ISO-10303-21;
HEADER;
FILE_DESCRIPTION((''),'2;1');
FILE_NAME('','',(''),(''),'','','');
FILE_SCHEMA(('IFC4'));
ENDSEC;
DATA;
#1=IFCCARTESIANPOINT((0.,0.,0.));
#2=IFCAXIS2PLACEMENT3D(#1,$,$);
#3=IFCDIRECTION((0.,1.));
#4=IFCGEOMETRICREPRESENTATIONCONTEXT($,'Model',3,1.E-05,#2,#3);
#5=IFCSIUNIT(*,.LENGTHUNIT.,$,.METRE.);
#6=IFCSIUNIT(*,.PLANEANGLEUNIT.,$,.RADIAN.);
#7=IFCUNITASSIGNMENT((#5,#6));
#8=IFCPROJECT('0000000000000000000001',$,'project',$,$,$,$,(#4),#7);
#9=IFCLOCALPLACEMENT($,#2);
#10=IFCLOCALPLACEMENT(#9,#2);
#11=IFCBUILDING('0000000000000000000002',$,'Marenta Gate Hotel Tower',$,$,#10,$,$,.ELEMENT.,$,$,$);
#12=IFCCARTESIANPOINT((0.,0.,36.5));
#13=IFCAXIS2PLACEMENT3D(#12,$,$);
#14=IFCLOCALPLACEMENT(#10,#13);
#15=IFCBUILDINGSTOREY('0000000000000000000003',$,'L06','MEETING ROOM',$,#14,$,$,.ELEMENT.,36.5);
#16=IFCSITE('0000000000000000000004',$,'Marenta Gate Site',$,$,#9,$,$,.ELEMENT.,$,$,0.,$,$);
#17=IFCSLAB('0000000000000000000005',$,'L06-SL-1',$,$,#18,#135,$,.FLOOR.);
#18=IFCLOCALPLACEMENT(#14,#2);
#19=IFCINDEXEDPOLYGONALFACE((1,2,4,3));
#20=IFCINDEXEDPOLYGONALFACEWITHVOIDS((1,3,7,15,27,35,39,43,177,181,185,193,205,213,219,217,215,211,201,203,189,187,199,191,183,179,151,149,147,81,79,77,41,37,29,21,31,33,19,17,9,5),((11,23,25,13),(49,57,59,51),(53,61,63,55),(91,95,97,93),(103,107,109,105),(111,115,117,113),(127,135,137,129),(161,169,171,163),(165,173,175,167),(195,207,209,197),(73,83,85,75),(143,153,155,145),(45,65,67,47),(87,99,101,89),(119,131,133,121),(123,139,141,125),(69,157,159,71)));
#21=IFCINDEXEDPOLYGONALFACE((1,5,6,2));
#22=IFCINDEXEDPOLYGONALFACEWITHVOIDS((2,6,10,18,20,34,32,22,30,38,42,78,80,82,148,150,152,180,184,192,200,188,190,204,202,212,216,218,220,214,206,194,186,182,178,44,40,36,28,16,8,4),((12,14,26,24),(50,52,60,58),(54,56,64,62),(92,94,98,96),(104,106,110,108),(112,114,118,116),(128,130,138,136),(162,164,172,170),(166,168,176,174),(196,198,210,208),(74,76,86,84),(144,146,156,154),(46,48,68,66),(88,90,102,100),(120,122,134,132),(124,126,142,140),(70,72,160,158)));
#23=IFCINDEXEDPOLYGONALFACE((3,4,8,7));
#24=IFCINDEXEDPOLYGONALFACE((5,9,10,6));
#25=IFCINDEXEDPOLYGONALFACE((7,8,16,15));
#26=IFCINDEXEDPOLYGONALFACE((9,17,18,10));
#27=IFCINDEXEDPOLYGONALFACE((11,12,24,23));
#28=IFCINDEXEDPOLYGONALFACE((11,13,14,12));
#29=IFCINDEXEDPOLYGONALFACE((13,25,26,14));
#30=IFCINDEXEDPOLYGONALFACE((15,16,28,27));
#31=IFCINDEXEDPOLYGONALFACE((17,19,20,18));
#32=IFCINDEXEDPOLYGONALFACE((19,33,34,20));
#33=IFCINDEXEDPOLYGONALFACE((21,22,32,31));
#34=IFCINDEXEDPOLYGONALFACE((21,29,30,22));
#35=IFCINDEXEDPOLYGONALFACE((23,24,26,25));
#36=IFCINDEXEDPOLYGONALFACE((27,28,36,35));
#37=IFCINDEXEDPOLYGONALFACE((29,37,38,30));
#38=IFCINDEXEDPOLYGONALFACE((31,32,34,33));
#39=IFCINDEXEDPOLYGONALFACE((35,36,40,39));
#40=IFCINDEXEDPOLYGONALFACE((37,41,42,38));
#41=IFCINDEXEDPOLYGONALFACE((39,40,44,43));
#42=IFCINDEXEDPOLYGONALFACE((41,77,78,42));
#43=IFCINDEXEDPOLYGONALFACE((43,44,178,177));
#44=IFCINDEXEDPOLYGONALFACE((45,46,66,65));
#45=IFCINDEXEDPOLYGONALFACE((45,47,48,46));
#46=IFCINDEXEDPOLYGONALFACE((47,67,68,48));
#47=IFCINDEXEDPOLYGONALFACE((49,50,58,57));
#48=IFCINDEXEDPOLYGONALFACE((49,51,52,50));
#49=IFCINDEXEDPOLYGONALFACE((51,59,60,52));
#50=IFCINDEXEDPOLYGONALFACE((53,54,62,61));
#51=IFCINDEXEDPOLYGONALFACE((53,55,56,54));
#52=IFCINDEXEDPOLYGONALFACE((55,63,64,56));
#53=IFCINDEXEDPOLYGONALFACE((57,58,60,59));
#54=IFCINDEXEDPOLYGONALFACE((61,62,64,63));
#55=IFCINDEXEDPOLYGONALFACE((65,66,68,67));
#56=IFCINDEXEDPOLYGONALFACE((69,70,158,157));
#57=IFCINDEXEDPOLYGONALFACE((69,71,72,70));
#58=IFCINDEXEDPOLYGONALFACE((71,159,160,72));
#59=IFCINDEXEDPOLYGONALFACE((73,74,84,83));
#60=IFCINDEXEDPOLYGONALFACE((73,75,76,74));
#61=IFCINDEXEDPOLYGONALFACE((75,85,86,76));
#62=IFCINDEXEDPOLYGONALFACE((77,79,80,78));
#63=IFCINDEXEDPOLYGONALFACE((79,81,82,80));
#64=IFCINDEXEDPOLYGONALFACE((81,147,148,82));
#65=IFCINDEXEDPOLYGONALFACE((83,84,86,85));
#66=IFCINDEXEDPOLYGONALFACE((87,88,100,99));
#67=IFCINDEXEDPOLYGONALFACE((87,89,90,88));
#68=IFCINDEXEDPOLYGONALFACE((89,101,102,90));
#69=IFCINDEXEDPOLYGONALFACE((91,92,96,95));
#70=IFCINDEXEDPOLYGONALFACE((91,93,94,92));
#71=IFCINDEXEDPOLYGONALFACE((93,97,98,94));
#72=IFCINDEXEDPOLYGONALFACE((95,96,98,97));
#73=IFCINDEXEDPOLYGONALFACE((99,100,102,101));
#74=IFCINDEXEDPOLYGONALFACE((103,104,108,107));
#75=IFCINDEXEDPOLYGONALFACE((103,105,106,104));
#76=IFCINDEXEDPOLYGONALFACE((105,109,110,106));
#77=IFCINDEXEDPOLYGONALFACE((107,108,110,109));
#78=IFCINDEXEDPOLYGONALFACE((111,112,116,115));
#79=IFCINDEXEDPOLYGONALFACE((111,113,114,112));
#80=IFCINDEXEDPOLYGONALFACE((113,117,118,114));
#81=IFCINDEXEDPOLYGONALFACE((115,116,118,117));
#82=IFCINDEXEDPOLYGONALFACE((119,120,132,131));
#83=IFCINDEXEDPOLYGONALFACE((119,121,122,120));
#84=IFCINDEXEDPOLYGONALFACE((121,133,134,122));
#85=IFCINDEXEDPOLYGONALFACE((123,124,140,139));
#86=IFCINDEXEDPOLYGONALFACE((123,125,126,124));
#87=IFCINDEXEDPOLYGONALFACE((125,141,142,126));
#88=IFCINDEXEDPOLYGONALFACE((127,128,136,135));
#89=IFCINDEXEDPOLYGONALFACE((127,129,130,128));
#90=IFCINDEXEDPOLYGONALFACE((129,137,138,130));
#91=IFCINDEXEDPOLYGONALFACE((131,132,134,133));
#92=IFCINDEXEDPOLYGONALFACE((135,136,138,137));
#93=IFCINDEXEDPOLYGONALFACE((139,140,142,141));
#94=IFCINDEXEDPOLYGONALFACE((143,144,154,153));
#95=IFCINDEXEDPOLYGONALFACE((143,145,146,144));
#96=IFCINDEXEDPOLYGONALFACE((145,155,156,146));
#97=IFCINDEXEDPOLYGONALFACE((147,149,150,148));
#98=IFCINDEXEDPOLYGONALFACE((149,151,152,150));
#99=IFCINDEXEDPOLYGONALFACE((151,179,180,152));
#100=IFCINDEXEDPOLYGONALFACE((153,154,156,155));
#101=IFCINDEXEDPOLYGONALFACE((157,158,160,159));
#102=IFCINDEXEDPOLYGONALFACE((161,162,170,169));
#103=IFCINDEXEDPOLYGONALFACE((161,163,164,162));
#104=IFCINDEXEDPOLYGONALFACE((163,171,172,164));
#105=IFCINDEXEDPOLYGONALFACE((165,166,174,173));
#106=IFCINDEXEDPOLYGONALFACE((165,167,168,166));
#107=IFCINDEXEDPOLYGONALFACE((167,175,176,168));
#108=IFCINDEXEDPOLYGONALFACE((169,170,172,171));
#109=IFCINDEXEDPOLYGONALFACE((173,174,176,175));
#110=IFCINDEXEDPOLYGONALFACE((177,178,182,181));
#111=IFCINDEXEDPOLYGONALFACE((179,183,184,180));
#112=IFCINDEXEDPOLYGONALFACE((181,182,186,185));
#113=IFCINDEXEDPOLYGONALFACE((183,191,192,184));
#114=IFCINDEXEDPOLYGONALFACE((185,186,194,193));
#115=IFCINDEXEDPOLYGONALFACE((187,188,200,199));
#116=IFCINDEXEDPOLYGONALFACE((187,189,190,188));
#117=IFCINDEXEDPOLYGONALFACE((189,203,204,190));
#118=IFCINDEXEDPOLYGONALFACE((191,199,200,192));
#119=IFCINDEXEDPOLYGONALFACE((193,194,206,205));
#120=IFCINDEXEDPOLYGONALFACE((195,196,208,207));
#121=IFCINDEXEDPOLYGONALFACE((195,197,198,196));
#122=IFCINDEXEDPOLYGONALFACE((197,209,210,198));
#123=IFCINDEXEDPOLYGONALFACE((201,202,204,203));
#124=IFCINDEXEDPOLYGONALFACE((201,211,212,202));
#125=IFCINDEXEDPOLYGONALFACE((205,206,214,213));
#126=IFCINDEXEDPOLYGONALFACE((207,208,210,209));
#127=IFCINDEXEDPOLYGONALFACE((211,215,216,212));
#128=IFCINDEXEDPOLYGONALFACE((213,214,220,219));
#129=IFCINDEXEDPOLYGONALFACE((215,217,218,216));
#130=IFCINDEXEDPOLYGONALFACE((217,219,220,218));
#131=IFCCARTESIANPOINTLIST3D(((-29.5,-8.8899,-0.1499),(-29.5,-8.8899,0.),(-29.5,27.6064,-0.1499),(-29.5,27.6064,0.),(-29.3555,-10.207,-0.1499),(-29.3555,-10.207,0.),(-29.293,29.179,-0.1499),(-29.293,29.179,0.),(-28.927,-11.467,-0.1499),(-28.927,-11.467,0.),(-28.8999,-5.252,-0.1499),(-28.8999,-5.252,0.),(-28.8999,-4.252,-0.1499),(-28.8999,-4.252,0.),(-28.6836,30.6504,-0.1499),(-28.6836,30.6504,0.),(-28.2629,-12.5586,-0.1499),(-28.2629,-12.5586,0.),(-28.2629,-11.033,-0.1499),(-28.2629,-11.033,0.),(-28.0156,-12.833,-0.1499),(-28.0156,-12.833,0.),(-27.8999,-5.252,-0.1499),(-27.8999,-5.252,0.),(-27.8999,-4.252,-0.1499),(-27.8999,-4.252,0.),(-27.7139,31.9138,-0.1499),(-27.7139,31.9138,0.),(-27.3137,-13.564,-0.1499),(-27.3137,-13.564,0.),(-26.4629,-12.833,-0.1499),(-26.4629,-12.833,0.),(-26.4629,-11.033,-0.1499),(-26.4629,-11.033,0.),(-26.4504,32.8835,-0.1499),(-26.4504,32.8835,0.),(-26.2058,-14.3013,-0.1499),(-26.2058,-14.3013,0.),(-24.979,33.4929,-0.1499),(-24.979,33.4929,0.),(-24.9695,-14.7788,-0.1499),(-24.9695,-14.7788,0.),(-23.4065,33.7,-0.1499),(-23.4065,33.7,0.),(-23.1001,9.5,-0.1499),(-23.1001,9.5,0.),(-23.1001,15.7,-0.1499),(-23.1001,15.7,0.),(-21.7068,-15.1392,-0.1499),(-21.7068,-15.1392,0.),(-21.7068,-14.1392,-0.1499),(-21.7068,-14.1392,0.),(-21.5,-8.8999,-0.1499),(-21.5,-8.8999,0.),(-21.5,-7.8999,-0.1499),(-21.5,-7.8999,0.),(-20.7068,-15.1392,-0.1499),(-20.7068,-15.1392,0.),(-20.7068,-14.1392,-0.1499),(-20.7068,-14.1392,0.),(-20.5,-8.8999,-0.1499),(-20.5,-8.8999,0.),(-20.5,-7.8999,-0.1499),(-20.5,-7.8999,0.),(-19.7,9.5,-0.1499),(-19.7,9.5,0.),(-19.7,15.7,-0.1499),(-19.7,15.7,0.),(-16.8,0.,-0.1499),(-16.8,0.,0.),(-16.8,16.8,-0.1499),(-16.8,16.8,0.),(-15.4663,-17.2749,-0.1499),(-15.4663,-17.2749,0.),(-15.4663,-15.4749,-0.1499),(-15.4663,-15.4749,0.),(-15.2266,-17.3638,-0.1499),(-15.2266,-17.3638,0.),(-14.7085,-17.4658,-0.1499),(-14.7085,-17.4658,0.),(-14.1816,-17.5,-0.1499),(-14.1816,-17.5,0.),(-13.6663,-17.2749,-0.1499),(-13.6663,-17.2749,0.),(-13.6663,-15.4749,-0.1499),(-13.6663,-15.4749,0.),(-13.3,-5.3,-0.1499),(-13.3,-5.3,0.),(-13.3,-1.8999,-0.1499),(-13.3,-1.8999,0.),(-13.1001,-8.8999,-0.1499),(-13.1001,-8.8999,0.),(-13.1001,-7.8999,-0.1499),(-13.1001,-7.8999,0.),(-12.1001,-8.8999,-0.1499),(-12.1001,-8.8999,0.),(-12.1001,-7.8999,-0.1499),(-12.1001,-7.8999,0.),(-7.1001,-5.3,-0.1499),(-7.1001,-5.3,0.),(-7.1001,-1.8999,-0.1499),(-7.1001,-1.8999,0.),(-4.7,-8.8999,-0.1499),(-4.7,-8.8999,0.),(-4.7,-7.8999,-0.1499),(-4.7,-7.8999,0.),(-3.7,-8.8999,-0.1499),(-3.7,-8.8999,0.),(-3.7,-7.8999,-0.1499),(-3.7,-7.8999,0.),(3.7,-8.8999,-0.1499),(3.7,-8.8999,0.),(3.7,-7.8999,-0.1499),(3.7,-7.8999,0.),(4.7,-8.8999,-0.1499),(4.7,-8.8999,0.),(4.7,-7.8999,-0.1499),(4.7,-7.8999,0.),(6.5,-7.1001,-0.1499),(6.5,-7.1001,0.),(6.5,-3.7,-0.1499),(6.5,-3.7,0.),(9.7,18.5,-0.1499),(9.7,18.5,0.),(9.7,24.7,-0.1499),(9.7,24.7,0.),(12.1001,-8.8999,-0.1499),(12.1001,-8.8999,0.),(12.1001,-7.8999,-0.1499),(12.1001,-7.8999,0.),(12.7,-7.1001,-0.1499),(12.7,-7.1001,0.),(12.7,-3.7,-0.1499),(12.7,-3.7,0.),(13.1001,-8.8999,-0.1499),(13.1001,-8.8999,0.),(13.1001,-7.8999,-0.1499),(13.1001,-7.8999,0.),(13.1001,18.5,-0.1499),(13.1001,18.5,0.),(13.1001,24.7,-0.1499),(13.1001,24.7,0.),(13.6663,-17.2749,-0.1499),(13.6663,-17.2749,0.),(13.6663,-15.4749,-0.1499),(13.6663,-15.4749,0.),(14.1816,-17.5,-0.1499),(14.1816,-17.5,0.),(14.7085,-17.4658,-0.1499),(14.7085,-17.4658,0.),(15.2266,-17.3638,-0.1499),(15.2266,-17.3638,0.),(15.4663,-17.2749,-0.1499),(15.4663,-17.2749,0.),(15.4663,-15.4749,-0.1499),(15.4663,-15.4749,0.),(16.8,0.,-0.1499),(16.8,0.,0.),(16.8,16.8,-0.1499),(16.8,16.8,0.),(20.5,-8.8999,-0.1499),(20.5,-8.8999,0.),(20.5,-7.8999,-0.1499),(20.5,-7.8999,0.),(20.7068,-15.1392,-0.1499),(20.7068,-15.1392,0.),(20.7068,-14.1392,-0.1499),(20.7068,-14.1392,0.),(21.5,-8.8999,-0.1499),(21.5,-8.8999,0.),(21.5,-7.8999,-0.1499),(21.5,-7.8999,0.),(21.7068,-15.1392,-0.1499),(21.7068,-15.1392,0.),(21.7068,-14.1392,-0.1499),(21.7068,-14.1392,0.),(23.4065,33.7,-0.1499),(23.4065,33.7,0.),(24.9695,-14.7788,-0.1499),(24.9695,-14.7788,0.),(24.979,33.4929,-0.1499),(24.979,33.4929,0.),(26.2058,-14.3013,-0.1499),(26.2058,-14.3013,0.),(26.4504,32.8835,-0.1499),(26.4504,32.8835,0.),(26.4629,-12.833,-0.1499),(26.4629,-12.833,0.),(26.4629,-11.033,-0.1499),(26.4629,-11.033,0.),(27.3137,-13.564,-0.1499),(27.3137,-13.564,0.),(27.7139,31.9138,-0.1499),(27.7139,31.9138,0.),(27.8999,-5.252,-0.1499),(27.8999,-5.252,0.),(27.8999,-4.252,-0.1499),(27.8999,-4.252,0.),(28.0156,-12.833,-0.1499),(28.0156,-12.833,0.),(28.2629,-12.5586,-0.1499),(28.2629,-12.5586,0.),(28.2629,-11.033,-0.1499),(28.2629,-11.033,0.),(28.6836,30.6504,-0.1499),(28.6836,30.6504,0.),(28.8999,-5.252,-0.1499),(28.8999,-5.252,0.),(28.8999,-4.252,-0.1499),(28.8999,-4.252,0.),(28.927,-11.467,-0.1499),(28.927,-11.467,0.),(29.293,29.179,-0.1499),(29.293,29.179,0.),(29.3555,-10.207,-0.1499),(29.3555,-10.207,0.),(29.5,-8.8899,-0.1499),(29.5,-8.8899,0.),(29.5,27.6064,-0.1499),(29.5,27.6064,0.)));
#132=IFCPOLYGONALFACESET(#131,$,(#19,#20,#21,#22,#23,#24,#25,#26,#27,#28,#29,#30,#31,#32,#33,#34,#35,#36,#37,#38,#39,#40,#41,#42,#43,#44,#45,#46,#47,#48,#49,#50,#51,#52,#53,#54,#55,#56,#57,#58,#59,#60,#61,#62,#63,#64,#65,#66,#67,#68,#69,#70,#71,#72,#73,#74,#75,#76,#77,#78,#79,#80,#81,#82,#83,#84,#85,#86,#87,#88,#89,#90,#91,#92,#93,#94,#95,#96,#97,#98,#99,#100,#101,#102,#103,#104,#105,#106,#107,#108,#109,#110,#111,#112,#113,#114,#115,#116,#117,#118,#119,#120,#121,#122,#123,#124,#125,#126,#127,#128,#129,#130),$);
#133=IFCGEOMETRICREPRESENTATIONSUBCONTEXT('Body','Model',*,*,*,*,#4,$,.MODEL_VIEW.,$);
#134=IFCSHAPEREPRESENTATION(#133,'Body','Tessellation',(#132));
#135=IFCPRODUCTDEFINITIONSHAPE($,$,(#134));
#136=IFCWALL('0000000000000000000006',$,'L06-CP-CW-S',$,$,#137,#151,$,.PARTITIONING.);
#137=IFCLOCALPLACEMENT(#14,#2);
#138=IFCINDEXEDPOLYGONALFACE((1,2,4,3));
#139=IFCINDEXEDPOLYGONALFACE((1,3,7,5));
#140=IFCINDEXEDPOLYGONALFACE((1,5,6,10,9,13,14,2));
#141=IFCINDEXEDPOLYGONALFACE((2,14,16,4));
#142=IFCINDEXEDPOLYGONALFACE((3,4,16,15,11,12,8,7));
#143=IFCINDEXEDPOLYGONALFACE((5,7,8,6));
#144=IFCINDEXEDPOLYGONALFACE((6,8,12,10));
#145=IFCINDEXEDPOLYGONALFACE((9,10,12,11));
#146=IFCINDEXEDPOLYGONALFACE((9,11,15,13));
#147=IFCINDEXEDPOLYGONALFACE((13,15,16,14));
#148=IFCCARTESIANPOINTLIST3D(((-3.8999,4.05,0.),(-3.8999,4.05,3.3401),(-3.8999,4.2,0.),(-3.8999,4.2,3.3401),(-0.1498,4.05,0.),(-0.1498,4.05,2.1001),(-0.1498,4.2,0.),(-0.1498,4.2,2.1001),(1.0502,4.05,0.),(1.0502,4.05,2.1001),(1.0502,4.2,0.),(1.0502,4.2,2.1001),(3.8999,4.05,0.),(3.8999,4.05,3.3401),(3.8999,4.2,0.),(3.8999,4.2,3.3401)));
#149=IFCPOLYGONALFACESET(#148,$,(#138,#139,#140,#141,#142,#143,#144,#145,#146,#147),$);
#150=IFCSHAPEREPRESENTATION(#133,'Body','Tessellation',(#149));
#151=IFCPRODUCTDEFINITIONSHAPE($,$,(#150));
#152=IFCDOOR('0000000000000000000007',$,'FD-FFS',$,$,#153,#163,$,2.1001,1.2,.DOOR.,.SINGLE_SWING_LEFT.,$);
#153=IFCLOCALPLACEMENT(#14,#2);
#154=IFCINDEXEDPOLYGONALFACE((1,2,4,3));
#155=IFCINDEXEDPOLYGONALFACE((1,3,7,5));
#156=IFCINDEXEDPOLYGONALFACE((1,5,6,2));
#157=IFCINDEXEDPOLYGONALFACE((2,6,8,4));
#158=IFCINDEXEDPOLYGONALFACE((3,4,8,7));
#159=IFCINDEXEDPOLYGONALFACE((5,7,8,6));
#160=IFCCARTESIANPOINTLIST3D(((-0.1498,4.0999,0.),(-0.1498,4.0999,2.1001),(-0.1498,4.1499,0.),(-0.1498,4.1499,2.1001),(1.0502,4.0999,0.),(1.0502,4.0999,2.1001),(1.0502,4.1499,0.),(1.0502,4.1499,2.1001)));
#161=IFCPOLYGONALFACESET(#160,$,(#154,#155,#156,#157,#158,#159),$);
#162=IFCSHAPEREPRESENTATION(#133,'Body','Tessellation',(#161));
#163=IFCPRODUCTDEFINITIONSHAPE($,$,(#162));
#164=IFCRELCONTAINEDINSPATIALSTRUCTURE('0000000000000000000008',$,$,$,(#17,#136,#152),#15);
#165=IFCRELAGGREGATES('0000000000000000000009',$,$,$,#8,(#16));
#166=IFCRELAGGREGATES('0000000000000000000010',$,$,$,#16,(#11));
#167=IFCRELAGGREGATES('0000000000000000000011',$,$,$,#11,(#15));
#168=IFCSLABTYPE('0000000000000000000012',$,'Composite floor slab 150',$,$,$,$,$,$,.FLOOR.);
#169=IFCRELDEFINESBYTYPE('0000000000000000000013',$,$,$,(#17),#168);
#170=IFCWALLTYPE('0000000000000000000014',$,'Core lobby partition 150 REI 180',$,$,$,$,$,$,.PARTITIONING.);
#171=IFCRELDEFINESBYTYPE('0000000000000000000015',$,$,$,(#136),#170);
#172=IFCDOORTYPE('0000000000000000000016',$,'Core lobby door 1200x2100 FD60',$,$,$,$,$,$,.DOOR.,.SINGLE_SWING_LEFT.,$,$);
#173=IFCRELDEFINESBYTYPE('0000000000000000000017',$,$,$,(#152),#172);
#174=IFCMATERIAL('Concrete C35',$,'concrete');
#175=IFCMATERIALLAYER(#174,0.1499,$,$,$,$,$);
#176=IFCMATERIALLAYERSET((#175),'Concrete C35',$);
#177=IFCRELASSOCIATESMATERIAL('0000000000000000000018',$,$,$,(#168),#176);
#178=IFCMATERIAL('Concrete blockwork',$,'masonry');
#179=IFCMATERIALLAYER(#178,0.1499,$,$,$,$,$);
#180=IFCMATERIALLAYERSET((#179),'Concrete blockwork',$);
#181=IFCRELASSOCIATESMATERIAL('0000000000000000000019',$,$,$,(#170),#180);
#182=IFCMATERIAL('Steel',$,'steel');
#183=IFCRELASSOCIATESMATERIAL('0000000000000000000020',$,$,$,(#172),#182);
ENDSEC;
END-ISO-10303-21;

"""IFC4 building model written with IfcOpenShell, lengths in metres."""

from ifc_helpers import new_model, si_unit, direction, frame, frame_2d, origin, place, context, subcontext, project, spatial, polyline, rectangle, outline, extrude, material, layer, layer_set, type_object, element, fill, save


model = new_model("IFC4")

# Units and contexts
model_context = context("Model", 3, precision=1e-05, world=origin(), true_north=direction((0.0, 1.0)))
body_context = subcontext(model_context, "Body", "Model", "MODEL_VIEW")
ifc_project = project(units=[si_unit("LENGTHUNIT", "METRE"), si_unit("PLANEANGLEUNIT", "RADIAN")], contexts=[model_context])

# Site, building, storey
site_placement = place(None, origin())
site = spatial("IfcSite", under=ifc_project, at=site_placement, Name="Marenta Gate Site", CompositionType="ELEMENT", RefElevation=0.0)
building_placement = place(site_placement, origin())
building = spatial("IfcBuilding", under=site, at=building_placement, Name="Marenta Gate Hotel Tower", CompositionType="ELEMENT")
storey_placement = place(building_placement, frame((0.0, 0.0, 36.5)))
storey = spatial("IfcBuildingStorey", under=building, at=storey_placement, Name="L06", Description="MEETING ROOM", CompositionType="ELEMENT", Elevation=36.5)

# Slab
ifc_material_1 = material(Name="Concrete C35", Category="concrete")
ifc_layer_1 = layer(ifc_material_1, 0.1499)
ifc_layer_set_1 = layer_set([ifc_layer_1], Name="Concrete C35")
slab_type = type_object("IfcSlabType", Name="Composite floor slab 150", PredefinedType="FLOOR", material=ifc_layer_set_1)
slab_placement = place(storey_placement, frame((0.0, 0.0, -0.1499)))
element("IfcSlab", 1, at=slab_placement, inside=storey, type_object=slab_type, Name="L06-SL-1", PredefinedType="FLOOR", context=body_context, shape_type="SweptSolid", body=[
    extrude(outline(polyline([(-27.3137, -13.564), (-28.0156, -12.833), (-26.4629, -12.833), (-26.4629, -11.033), (-28.2629, -11.033), (-28.2629, -12.5586), (-28.927, -11.467), (-29.3555, -10.207), (-29.5, -8.8899), (-29.5, 27.6064), (-29.293, 29.179), (-28.6836, 30.6504), (-27.7139, 31.9138), (-26.4504, 32.8835), (-24.979, 33.4929), (-23.4065, 33.7), (23.4065, 33.7), (24.979, 33.4929), (26.4504, 32.8835), (27.7139, 31.9138), (28.6836, 30.6504), (29.293, 29.179), (29.5, 27.6064), (29.5, -8.8899), (29.3555, -10.207), (28.927, -11.467), (28.2629, -12.5586), (28.2629, -11.033), (26.4629, -11.033), (26.4629, -12.833), (28.0156, -12.833), (27.3137, -13.564), (26.2058, -14.3013), (24.9695, -14.7788), (15.2266, -17.3638), (14.7085, -17.4658), (14.1816, -17.5), (-14.1816, -17.5), (-14.7085, -17.4658), (-15.2266, -17.3638), (-24.9695, -14.7788), (-26.2058, -14.3013), (-27.3137, -13.564)]), holes=[polyline([(-16.8, 0.0), (16.8, 0.0), (16.8, 16.8), (-16.8, 16.8), (-16.8, 0.0)]), polyline([(-15.4663, -17.2749), (-13.6663, -17.2749), (-13.6663, -15.4749), (-15.4663, -15.4749), (-15.4663, -17.2749)]), polyline([(-21.7068, -14.1392), (-21.7068, -15.1392), (-20.7068, -15.1392), (-20.7068, -14.1392), (-21.7068, -14.1392)]), polyline([(-21.5, -7.8999), (-21.5, -8.8999), (-20.5, -8.8999), (-20.5, -7.8999), (-21.5, -7.8999)]), polyline([(-13.1001, -7.8999), (-13.1001, -8.8999), (-12.1001, -8.8999), (-12.1001, -7.8999), (-13.1001, -7.8999)]), polyline([(-4.7, -7.8999), (-4.7, -8.8999), (-3.7, -8.8999), (-3.7, -7.8999), (-4.7, -7.8999)]), polyline([(-28.8999, -4.252), (-28.8999, -5.252), (-27.8999, -5.252), (-27.8999, -4.252), (-28.8999, -4.252)]), polyline([(13.6663, -17.2749), (15.4663, -17.2749), (15.4663, -15.4749), (13.6663, -15.4749), (13.6663, -17.2749)]), polyline([(20.7068, -14.1392), (20.7068, -15.1392), (21.7068, -15.1392), (21.7068, -14.1392), (20.7068, -14.1392)]), polyline([(3.7, -7.8999), (3.7, -8.8999), (4.7, -8.8999), (4.7, -7.8999), (3.7, -7.8999)]), polyline([(12.1001, -7.8999), (12.1001, -8.8999), (13.1001, -8.8999), (13.1001, -7.8999), (12.1001, -7.8999)]), polyline([(20.5, -7.8999), (20.5, -8.8999), (21.5, -8.8999), (21.5, -7.8999), (20.5, -7.8999)]), polyline([(27.8999, -4.252), (27.8999, -5.252), (28.8999, -5.252), (28.8999, -4.252), (27.8999, -4.252)]), polyline([(6.5, -7.1001), (12.7, -7.1001), (12.7, -3.7), (6.5, -3.7), (6.5, -7.1001)]), polyline([(-13.3, -5.3), (-7.1001, -5.3), (-7.1001, -1.8999), (-13.3, -1.8999), (-13.3, -5.3)]), polyline([(-23.1001, 9.5), (-19.7, 9.5), (-19.7, 15.7), (-23.1001, 15.7), (-23.1001, 9.5)]), polyline([(9.7, 18.5), (13.1001, 18.5), (13.1001, 24.7), (9.7, 24.7), (9.7, 18.5)])]), origin(), (0.0, 0.0, 1.0), 0.1499),
])

# Wall, opening, door
ifc_material_2 = material(Name="Concrete blockwork", Category="masonry")
ifc_layer_2 = layer(ifc_material_2, 0.1499)
ifc_layer_set_2 = layer_set([ifc_layer_2], Name="Concrete blockwork")
wall_type_1 = type_object("IfcWallType", Name="Core lobby partition 150 REI 180", PredefinedType="PARTITIONING", material=ifc_layer_set_2)
wall_1_placement = place(storey_placement, frame((-3.8999, 4.125, 0.0), z_axis=(0.0, 0.0, 1.0), x_axis=(1.0, 0.0, 0.0)))
wall_1 = element("IfcWall", 2, at=wall_1_placement, inside=storey, type_object=wall_type_1, Name="L06-CP-CW-S", PredefinedType="PARTITIONING", context=body_context, shape_type="SweptSolid", body=[
    extrude(rectangle(XDim=7.7998, YDim=0.1499, at=frame_2d((3.8999, 0.0))), origin(), (0.0, 0.0, 1.0), 3.3401),
])
opening_1_placement = place(wall_1_placement, frame((3.75, 0.0, 0.0)))
opening_1 = element("IfcOpeningElement", 3, at=opening_1_placement, cuts=wall_1, PredefinedType="OPENING", context=body_context, shape_type="SweptSolid", body=[
    extrude(rectangle(XDim=1.2, YDim=2.1001, at=frame_2d((0.6001, 1.05))), frame((0.0, 0.075, 0.0), z_axis=(0.0, -1.0, 0.0), x_axis=(1.0, 0.0, 0.0)), (0.0, 0.0, 1.0), 0.1499),
])
ifc_material_3 = material(Name="Steel", Category="steel")
door_type_1 = type_object("IfcDoorType", Name="Core lobby door 1200x2100 FD60", OperationType="SINGLE_SWING_LEFT", PredefinedType="DOOR", material=ifc_material_3)
door_1_placement = place(opening_1_placement, origin())
door_1 = element("IfcDoor", 4, at=door_1_placement, inside=storey, type_object=door_type_1, Name="FD-FFS", OperationType="SINGLE_SWING_LEFT", OverallHeight=2.1001, OverallWidth=1.2, PredefinedType="DOOR", context=body_context, shape_type="SweptSolid", body=[
    extrude(rectangle(XDim=1.2, YDim=2.1001, at=frame_2d((0.6001, 1.05))), frame((0.0, 0.0249, 0.0), z_axis=(0.0, -1.0, 0.0), x_axis=(1.0, 0.0, 0.0)), (0.0, 0.0, 1.0), 0.05),
])
fill(opening_1, door_1)

save(model, "model.ifc")
